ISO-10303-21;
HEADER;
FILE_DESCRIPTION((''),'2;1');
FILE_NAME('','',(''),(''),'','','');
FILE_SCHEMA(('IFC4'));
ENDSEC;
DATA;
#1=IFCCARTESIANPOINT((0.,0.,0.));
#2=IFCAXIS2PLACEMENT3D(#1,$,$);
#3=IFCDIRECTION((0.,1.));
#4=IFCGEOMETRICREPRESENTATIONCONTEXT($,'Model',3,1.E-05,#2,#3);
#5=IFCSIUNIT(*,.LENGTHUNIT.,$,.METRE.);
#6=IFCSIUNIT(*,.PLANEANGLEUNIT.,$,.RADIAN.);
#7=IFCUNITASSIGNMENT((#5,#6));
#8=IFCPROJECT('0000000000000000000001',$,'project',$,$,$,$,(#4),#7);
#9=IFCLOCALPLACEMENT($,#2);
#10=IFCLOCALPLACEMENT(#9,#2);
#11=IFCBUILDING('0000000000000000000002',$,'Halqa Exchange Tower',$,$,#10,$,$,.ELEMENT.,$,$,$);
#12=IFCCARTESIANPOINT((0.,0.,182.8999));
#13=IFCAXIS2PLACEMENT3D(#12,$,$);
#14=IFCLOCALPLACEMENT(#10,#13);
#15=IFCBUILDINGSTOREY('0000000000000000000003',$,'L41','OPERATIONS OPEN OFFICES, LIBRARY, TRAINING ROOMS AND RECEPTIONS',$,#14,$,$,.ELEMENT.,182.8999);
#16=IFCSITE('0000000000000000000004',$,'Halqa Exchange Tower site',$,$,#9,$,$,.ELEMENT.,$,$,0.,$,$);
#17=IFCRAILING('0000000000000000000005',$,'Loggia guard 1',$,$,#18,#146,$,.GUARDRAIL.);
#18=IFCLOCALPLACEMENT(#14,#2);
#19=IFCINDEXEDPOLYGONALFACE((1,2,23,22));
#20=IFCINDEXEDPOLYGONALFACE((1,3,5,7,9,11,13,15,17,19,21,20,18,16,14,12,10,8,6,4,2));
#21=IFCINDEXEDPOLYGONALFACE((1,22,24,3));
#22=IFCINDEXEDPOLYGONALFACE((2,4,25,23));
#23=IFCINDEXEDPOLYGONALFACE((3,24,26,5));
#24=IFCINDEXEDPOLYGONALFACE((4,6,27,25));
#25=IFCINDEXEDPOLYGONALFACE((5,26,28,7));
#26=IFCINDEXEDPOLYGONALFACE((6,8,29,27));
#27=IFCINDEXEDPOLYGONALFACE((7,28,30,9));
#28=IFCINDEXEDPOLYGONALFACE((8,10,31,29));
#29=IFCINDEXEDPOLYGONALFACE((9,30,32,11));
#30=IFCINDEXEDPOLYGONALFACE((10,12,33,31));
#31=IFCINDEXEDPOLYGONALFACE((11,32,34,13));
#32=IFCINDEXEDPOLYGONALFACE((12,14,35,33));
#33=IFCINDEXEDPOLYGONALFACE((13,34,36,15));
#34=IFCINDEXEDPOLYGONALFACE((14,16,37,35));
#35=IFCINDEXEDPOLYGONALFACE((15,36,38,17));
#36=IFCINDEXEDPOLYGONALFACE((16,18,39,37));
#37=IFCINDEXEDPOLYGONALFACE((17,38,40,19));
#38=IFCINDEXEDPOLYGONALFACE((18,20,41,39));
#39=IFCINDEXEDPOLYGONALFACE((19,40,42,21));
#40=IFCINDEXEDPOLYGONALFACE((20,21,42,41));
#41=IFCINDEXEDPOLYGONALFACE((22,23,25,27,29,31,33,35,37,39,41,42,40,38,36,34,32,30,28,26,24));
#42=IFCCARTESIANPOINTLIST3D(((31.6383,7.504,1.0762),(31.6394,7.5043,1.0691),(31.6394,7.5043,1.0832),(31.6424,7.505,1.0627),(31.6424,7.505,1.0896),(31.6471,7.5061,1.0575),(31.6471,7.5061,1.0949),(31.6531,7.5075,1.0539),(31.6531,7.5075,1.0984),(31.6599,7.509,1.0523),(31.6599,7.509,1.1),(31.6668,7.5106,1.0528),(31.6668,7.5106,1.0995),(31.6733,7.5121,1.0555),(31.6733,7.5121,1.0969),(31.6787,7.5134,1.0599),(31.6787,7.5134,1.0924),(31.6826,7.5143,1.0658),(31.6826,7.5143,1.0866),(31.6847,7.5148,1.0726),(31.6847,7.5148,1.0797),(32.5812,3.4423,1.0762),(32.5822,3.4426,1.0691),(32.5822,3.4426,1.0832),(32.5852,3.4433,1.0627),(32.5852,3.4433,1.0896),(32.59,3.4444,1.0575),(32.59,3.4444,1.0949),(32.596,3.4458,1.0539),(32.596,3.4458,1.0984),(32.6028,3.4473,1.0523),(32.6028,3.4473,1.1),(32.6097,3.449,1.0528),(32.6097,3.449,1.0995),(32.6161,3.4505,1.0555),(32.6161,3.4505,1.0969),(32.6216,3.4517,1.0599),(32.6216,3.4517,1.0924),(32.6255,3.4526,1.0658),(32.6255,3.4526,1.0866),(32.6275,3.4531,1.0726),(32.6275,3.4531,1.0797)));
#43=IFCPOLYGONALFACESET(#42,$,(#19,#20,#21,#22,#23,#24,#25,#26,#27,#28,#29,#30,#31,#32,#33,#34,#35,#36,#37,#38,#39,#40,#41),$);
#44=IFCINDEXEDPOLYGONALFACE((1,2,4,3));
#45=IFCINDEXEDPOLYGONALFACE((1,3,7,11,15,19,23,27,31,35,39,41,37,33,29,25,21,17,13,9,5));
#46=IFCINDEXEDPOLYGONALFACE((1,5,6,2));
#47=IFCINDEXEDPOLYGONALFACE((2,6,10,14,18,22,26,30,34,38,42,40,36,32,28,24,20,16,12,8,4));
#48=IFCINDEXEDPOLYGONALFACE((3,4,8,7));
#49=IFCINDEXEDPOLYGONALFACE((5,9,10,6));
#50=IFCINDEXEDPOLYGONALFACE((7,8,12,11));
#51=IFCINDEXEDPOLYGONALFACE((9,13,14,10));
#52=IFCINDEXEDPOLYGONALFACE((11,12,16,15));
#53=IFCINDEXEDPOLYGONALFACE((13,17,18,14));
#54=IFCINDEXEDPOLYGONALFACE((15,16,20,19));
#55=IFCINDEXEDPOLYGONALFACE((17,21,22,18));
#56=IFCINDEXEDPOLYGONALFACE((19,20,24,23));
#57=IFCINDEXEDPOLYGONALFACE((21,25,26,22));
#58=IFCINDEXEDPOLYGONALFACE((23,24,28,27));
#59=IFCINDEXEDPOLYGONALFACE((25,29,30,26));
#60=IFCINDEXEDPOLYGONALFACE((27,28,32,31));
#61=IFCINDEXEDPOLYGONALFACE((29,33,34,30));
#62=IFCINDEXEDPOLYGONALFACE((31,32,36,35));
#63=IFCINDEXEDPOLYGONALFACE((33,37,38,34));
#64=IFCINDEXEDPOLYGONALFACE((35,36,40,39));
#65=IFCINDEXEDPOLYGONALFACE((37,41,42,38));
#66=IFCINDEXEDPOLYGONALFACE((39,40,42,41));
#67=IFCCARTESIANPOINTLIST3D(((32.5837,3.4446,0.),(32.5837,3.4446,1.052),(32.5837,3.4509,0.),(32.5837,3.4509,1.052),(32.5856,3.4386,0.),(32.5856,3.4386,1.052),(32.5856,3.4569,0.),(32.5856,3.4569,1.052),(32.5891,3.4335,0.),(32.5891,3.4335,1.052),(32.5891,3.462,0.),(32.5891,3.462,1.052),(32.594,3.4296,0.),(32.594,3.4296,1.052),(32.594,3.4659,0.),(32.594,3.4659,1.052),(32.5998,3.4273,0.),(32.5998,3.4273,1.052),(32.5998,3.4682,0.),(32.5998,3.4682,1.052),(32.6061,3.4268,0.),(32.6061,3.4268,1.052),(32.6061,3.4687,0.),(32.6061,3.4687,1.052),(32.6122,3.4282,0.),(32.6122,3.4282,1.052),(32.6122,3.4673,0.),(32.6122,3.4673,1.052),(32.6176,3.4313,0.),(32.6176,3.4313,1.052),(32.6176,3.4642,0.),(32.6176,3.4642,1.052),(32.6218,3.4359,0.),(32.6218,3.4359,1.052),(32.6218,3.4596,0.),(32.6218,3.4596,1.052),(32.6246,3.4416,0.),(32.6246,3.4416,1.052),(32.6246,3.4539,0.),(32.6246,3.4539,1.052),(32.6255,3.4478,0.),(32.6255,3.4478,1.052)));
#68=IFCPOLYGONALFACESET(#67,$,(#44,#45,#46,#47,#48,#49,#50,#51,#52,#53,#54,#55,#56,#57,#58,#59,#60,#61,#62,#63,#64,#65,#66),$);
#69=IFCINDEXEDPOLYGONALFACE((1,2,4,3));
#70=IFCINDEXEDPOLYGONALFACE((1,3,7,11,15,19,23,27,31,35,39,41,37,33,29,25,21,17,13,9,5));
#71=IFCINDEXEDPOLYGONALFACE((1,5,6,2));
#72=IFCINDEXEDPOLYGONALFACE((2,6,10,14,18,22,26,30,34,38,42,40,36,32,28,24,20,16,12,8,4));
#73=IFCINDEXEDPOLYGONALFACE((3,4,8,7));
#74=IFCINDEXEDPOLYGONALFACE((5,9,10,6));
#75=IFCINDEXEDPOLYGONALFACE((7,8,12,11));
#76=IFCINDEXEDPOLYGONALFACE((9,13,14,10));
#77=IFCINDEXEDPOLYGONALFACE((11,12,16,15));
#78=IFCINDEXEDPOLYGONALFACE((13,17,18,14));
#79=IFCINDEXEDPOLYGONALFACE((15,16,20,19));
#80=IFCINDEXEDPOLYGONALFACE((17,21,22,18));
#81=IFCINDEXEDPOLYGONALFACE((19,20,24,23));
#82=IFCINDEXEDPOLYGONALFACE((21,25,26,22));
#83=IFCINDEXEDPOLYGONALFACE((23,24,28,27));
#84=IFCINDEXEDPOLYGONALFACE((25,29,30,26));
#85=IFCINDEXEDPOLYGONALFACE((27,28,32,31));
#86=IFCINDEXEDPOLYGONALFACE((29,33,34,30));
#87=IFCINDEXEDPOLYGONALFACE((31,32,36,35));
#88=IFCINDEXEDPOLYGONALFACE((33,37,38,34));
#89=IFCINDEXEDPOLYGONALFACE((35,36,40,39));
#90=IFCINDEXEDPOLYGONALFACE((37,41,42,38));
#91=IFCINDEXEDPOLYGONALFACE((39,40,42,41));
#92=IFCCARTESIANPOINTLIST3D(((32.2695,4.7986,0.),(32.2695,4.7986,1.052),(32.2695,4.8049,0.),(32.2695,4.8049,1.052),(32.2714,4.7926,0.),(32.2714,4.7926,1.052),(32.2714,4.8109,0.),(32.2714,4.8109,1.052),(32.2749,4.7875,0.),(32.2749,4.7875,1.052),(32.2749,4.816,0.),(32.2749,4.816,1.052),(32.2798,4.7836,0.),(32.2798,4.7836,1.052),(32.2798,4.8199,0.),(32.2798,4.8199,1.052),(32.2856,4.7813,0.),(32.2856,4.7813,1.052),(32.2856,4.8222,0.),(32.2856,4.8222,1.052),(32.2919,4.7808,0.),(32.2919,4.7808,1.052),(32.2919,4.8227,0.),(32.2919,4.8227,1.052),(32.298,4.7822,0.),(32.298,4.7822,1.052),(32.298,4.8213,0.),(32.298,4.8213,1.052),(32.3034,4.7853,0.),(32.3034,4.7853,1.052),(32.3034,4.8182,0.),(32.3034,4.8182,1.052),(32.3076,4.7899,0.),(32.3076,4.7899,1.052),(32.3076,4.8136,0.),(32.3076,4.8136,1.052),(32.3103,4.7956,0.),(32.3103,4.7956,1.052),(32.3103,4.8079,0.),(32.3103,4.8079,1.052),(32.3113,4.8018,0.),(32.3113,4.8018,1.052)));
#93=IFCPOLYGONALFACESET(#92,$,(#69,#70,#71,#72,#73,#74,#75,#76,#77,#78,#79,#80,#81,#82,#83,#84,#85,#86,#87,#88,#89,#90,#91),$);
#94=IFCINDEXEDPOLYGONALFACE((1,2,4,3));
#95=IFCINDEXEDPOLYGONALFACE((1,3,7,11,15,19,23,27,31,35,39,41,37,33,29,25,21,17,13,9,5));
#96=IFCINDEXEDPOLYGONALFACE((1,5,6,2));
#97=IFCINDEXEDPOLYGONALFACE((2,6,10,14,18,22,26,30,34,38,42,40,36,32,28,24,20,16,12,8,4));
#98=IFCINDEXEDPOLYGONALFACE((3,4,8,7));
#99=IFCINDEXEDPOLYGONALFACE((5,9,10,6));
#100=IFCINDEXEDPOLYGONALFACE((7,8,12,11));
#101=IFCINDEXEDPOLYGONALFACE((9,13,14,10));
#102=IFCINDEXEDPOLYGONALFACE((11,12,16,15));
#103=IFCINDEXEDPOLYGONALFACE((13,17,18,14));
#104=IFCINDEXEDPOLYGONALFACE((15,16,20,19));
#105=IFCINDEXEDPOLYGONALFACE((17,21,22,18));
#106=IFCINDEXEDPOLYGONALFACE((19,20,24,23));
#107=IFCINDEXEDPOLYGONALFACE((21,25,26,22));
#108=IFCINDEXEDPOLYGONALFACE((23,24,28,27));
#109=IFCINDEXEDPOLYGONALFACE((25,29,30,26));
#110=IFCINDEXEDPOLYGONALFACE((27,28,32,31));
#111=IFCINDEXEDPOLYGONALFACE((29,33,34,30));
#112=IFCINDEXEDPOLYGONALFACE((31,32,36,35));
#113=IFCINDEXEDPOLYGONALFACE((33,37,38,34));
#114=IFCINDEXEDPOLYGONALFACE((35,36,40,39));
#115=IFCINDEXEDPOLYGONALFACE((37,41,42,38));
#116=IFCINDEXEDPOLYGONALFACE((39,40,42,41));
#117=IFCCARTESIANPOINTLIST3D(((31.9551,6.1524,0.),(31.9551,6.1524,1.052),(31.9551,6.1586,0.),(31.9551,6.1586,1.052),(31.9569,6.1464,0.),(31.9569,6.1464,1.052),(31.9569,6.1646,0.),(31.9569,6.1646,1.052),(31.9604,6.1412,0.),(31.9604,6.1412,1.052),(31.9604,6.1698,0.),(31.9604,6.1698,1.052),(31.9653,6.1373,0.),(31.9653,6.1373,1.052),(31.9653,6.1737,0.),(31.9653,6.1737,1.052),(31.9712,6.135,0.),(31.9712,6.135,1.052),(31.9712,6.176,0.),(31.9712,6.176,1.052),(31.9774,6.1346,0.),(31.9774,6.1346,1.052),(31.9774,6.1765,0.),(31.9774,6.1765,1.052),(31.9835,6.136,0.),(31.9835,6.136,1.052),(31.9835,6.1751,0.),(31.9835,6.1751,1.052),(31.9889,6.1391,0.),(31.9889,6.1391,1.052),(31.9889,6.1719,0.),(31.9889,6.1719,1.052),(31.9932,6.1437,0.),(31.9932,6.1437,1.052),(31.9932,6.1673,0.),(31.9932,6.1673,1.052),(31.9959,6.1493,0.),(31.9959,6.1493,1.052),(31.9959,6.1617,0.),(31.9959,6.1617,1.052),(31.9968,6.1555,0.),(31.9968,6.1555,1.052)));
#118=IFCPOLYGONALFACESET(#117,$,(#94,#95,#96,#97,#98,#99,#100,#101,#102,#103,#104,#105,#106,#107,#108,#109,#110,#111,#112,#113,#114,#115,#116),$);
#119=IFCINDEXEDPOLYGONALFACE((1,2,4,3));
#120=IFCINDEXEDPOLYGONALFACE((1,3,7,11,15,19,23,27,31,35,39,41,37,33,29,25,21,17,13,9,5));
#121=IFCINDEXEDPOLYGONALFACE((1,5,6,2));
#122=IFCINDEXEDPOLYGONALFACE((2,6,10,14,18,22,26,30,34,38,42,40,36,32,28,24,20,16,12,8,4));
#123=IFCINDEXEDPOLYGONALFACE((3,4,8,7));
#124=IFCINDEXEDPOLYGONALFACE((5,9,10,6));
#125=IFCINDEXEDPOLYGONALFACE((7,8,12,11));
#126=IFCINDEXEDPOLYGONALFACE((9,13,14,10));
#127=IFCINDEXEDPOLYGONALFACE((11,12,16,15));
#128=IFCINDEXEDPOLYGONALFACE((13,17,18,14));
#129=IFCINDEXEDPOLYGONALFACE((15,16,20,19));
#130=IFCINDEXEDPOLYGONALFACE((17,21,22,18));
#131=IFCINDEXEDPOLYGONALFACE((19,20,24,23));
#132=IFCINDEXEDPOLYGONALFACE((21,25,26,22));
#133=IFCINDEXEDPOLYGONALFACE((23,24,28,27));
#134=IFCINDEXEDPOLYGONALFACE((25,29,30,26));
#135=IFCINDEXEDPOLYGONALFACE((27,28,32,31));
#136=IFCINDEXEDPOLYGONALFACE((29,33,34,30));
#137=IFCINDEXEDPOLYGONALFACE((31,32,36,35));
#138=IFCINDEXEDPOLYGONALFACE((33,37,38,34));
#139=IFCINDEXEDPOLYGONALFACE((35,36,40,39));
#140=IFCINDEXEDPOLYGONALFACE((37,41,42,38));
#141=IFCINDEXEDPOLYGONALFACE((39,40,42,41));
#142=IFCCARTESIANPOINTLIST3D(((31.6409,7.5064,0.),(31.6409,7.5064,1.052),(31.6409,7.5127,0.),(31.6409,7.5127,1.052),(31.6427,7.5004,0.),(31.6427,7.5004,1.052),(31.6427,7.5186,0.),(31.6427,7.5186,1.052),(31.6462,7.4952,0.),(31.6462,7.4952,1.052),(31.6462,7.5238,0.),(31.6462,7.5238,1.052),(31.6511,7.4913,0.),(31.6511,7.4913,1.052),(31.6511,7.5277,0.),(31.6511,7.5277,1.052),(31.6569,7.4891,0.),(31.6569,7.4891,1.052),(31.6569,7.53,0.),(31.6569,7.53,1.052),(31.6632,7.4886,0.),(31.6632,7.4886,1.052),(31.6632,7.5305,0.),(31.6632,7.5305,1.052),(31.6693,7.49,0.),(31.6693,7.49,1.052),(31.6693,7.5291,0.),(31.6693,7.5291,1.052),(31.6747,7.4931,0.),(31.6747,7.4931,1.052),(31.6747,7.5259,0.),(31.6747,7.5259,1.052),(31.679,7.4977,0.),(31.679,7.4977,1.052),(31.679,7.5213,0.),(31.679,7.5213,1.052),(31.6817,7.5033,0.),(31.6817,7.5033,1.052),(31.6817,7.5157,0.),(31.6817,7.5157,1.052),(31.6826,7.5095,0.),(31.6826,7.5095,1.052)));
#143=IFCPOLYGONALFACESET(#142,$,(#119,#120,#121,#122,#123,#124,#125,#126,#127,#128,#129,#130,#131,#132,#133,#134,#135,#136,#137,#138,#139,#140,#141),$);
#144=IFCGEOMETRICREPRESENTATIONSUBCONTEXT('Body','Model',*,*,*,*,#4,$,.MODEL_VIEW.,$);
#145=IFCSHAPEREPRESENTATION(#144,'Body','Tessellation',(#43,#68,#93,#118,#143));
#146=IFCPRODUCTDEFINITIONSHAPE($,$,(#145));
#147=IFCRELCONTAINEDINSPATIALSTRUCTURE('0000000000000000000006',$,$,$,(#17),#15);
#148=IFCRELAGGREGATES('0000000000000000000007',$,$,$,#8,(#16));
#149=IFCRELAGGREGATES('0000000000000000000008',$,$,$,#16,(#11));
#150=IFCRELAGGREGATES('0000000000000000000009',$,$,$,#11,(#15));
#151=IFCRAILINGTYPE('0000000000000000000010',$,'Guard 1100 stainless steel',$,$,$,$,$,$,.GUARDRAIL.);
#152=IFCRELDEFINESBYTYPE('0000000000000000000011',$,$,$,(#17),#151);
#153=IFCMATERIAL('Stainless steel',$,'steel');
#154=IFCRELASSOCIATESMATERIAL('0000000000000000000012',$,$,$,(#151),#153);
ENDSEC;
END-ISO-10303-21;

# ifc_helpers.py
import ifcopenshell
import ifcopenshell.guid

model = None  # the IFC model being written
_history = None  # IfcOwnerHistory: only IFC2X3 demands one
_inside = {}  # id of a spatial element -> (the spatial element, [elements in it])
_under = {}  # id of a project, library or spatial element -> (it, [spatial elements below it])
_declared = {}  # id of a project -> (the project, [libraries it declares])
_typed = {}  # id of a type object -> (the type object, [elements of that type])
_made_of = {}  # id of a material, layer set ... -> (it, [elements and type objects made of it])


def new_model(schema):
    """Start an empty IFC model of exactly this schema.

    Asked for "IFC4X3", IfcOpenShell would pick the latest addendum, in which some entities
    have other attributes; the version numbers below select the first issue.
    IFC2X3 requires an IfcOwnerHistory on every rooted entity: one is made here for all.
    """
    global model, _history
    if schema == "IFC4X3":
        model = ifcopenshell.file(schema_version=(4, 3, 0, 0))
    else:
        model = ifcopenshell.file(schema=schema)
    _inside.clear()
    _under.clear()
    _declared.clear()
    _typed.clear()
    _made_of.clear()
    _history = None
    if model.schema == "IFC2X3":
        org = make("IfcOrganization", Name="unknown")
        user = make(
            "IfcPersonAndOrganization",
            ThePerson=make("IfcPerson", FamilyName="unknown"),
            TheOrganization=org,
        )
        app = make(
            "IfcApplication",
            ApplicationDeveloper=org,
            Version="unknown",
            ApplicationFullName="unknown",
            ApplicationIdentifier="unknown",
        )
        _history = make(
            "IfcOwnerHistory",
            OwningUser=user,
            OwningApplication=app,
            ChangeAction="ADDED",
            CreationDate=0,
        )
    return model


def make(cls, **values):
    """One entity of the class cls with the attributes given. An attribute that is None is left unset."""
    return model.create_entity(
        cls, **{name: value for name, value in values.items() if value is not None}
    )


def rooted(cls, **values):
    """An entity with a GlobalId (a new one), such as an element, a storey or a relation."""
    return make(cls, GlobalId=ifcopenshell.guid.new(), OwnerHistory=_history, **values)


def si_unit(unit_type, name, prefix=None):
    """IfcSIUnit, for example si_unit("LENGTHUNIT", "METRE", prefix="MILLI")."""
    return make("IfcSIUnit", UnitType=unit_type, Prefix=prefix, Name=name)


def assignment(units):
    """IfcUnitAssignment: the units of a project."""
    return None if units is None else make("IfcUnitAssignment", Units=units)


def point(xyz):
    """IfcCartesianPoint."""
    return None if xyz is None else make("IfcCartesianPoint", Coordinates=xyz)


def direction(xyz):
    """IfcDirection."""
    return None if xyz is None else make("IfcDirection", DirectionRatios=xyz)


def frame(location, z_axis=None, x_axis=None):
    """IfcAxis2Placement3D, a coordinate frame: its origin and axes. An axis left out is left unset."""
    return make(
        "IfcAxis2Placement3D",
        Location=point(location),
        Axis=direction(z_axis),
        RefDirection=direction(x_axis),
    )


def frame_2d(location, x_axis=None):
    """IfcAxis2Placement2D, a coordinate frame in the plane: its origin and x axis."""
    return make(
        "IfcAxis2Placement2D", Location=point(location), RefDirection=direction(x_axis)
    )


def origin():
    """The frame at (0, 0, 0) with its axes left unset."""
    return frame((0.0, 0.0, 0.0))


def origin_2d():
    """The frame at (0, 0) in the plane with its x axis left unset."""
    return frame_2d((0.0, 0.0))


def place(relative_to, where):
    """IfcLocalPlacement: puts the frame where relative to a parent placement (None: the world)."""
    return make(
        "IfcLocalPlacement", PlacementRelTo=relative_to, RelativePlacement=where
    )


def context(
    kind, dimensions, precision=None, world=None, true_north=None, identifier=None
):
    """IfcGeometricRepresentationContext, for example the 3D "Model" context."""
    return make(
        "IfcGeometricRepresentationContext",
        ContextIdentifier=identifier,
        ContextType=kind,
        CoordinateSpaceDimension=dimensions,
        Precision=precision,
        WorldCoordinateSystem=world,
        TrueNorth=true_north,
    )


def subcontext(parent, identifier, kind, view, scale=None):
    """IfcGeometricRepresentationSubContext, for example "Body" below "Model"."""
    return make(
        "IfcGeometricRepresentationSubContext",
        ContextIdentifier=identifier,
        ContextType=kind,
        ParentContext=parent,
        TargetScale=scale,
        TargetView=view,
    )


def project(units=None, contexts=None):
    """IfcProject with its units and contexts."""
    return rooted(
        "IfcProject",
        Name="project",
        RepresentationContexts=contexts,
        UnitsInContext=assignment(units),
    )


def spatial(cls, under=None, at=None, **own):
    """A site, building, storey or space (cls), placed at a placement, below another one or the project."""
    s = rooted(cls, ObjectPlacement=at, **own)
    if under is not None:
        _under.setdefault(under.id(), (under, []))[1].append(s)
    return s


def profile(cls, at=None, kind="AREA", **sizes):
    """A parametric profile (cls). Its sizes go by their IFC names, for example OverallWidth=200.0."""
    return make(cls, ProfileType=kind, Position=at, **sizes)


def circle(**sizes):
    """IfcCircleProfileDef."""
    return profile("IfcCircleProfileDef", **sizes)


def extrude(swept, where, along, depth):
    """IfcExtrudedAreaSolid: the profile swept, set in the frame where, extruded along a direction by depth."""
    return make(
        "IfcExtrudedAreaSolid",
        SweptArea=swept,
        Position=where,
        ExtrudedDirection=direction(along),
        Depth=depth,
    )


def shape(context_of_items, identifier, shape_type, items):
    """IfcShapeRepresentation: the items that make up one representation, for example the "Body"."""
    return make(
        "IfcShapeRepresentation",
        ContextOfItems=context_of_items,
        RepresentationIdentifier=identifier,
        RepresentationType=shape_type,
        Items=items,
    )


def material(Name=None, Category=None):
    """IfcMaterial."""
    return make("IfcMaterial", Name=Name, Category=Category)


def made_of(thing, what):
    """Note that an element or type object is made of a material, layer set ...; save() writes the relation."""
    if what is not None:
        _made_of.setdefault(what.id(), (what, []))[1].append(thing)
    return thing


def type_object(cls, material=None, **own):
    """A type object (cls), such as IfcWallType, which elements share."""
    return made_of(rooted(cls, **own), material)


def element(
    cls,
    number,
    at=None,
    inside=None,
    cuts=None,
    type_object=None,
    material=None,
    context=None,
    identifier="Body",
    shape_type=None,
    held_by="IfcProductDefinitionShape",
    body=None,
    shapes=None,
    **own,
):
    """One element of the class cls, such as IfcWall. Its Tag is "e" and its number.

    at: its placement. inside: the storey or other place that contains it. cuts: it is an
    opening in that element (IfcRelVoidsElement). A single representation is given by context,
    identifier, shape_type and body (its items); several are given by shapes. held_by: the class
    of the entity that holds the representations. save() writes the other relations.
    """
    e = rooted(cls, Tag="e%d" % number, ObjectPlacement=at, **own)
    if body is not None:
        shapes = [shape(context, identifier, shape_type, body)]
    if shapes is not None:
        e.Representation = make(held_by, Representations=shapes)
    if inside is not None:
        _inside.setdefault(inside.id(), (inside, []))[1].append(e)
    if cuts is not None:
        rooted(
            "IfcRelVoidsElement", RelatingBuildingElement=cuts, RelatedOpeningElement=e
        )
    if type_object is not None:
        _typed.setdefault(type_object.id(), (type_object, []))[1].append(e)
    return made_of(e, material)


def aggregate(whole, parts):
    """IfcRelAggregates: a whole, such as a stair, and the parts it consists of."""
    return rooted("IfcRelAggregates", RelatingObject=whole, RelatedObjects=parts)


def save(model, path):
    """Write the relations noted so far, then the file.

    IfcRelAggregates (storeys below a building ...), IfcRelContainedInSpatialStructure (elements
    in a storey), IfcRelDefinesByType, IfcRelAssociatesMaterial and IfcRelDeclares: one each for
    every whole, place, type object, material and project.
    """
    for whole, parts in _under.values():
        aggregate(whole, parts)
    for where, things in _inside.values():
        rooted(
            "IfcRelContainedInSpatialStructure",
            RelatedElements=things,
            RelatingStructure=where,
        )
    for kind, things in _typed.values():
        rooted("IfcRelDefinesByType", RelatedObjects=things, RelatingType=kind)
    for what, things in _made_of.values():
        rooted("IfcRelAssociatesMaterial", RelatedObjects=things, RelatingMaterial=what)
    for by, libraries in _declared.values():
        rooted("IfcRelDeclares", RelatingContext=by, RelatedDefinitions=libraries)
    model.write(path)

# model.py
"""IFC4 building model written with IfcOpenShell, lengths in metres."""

from ifc_helpers import new_model, si_unit, direction, frame, origin, origin_2d, place, context, subcontext, project, spatial, circle, extrude, material, type_object, element, save


model = new_model("IFC4")

# Units and contexts
model_context = context("Model", 3, precision=1e-05, world=origin(), true_north=direction((0.0, 1.0)))
body_context = subcontext(model_context, "Body", "Model", "MODEL_VIEW")
ifc_project = project(units=[si_unit("LENGTHUNIT", "METRE"), si_unit("PLANEANGLEUNIT", "RADIAN")], contexts=[model_context])

# Site, building, storey
site_placement = place(None, origin())
site = spatial("IfcSite", under=ifc_project, at=site_placement, Name="Halqa Exchange Tower site", CompositionType="ELEMENT", RefElevation=0.0)
building_placement = place(site_placement, origin())
building = spatial("IfcBuilding", under=site, at=building_placement, Name="Halqa Exchange Tower", CompositionType="ELEMENT")
storey_placement = place(building_placement, frame((0.0, 0.0, 182.8999)))
storey = spatial("IfcBuildingStorey", under=building, at=storey_placement, Name="L41", Description="OPERATIONS OPEN OFFICES, LIBRARY, TRAINING ROOMS AND RECEPTIONS", CompositionType="ELEMENT", Elevation=182.8999)

# Railing
ifc_material_1 = material(Name="Stainless steel", Category="steel")
railing_type = type_object("IfcRailingType", Name="Guard 1100 stainless steel", PredefinedType="GUARDRAIL", material=ifc_material_1)
railing_1_placement = place(storey_placement, frame((32.6045, 3.4478, 0.0)))
element("IfcRailing", 1, at=railing_1_placement, inside=storey, type_object=railing_type, Name="Loggia guard 1", PredefinedType="GUARDRAIL", context=body_context, shape_type="SweptSolid", body=[
    extrude(circle(Radius=0.0239, at=origin_2d()), frame((0.0, 0.0, 1.0762), z_axis=(-0.226121, 0.974099, 0.0), x_axis=(-0.974099, -0.226121, 0.0)), (0.0, 0.0, 1.0), 4.1697),
    extrude(circle(Radius=0.021, at=origin_2d()), origin(), (0.0, 0.0, 1.0), 1.052),
    extrude(circle(Radius=0.021, at=origin_2d()), frame((-0.3142, 1.354, 0.0)), (0.0, 0.0, 1.0), 1.052),
    extrude(circle(Radius=0.021, at=origin_2d()), frame((-0.6287, 2.7078, 0.0)), (0.0, 0.0, 1.0), 1.052),
    extrude(circle(Radius=0.021, at=origin_2d()), frame((-0.9429, 4.0618, 0.0)), (0.0, 0.0, 1.0), 1.052),
])

save(model, "model.ifc")
